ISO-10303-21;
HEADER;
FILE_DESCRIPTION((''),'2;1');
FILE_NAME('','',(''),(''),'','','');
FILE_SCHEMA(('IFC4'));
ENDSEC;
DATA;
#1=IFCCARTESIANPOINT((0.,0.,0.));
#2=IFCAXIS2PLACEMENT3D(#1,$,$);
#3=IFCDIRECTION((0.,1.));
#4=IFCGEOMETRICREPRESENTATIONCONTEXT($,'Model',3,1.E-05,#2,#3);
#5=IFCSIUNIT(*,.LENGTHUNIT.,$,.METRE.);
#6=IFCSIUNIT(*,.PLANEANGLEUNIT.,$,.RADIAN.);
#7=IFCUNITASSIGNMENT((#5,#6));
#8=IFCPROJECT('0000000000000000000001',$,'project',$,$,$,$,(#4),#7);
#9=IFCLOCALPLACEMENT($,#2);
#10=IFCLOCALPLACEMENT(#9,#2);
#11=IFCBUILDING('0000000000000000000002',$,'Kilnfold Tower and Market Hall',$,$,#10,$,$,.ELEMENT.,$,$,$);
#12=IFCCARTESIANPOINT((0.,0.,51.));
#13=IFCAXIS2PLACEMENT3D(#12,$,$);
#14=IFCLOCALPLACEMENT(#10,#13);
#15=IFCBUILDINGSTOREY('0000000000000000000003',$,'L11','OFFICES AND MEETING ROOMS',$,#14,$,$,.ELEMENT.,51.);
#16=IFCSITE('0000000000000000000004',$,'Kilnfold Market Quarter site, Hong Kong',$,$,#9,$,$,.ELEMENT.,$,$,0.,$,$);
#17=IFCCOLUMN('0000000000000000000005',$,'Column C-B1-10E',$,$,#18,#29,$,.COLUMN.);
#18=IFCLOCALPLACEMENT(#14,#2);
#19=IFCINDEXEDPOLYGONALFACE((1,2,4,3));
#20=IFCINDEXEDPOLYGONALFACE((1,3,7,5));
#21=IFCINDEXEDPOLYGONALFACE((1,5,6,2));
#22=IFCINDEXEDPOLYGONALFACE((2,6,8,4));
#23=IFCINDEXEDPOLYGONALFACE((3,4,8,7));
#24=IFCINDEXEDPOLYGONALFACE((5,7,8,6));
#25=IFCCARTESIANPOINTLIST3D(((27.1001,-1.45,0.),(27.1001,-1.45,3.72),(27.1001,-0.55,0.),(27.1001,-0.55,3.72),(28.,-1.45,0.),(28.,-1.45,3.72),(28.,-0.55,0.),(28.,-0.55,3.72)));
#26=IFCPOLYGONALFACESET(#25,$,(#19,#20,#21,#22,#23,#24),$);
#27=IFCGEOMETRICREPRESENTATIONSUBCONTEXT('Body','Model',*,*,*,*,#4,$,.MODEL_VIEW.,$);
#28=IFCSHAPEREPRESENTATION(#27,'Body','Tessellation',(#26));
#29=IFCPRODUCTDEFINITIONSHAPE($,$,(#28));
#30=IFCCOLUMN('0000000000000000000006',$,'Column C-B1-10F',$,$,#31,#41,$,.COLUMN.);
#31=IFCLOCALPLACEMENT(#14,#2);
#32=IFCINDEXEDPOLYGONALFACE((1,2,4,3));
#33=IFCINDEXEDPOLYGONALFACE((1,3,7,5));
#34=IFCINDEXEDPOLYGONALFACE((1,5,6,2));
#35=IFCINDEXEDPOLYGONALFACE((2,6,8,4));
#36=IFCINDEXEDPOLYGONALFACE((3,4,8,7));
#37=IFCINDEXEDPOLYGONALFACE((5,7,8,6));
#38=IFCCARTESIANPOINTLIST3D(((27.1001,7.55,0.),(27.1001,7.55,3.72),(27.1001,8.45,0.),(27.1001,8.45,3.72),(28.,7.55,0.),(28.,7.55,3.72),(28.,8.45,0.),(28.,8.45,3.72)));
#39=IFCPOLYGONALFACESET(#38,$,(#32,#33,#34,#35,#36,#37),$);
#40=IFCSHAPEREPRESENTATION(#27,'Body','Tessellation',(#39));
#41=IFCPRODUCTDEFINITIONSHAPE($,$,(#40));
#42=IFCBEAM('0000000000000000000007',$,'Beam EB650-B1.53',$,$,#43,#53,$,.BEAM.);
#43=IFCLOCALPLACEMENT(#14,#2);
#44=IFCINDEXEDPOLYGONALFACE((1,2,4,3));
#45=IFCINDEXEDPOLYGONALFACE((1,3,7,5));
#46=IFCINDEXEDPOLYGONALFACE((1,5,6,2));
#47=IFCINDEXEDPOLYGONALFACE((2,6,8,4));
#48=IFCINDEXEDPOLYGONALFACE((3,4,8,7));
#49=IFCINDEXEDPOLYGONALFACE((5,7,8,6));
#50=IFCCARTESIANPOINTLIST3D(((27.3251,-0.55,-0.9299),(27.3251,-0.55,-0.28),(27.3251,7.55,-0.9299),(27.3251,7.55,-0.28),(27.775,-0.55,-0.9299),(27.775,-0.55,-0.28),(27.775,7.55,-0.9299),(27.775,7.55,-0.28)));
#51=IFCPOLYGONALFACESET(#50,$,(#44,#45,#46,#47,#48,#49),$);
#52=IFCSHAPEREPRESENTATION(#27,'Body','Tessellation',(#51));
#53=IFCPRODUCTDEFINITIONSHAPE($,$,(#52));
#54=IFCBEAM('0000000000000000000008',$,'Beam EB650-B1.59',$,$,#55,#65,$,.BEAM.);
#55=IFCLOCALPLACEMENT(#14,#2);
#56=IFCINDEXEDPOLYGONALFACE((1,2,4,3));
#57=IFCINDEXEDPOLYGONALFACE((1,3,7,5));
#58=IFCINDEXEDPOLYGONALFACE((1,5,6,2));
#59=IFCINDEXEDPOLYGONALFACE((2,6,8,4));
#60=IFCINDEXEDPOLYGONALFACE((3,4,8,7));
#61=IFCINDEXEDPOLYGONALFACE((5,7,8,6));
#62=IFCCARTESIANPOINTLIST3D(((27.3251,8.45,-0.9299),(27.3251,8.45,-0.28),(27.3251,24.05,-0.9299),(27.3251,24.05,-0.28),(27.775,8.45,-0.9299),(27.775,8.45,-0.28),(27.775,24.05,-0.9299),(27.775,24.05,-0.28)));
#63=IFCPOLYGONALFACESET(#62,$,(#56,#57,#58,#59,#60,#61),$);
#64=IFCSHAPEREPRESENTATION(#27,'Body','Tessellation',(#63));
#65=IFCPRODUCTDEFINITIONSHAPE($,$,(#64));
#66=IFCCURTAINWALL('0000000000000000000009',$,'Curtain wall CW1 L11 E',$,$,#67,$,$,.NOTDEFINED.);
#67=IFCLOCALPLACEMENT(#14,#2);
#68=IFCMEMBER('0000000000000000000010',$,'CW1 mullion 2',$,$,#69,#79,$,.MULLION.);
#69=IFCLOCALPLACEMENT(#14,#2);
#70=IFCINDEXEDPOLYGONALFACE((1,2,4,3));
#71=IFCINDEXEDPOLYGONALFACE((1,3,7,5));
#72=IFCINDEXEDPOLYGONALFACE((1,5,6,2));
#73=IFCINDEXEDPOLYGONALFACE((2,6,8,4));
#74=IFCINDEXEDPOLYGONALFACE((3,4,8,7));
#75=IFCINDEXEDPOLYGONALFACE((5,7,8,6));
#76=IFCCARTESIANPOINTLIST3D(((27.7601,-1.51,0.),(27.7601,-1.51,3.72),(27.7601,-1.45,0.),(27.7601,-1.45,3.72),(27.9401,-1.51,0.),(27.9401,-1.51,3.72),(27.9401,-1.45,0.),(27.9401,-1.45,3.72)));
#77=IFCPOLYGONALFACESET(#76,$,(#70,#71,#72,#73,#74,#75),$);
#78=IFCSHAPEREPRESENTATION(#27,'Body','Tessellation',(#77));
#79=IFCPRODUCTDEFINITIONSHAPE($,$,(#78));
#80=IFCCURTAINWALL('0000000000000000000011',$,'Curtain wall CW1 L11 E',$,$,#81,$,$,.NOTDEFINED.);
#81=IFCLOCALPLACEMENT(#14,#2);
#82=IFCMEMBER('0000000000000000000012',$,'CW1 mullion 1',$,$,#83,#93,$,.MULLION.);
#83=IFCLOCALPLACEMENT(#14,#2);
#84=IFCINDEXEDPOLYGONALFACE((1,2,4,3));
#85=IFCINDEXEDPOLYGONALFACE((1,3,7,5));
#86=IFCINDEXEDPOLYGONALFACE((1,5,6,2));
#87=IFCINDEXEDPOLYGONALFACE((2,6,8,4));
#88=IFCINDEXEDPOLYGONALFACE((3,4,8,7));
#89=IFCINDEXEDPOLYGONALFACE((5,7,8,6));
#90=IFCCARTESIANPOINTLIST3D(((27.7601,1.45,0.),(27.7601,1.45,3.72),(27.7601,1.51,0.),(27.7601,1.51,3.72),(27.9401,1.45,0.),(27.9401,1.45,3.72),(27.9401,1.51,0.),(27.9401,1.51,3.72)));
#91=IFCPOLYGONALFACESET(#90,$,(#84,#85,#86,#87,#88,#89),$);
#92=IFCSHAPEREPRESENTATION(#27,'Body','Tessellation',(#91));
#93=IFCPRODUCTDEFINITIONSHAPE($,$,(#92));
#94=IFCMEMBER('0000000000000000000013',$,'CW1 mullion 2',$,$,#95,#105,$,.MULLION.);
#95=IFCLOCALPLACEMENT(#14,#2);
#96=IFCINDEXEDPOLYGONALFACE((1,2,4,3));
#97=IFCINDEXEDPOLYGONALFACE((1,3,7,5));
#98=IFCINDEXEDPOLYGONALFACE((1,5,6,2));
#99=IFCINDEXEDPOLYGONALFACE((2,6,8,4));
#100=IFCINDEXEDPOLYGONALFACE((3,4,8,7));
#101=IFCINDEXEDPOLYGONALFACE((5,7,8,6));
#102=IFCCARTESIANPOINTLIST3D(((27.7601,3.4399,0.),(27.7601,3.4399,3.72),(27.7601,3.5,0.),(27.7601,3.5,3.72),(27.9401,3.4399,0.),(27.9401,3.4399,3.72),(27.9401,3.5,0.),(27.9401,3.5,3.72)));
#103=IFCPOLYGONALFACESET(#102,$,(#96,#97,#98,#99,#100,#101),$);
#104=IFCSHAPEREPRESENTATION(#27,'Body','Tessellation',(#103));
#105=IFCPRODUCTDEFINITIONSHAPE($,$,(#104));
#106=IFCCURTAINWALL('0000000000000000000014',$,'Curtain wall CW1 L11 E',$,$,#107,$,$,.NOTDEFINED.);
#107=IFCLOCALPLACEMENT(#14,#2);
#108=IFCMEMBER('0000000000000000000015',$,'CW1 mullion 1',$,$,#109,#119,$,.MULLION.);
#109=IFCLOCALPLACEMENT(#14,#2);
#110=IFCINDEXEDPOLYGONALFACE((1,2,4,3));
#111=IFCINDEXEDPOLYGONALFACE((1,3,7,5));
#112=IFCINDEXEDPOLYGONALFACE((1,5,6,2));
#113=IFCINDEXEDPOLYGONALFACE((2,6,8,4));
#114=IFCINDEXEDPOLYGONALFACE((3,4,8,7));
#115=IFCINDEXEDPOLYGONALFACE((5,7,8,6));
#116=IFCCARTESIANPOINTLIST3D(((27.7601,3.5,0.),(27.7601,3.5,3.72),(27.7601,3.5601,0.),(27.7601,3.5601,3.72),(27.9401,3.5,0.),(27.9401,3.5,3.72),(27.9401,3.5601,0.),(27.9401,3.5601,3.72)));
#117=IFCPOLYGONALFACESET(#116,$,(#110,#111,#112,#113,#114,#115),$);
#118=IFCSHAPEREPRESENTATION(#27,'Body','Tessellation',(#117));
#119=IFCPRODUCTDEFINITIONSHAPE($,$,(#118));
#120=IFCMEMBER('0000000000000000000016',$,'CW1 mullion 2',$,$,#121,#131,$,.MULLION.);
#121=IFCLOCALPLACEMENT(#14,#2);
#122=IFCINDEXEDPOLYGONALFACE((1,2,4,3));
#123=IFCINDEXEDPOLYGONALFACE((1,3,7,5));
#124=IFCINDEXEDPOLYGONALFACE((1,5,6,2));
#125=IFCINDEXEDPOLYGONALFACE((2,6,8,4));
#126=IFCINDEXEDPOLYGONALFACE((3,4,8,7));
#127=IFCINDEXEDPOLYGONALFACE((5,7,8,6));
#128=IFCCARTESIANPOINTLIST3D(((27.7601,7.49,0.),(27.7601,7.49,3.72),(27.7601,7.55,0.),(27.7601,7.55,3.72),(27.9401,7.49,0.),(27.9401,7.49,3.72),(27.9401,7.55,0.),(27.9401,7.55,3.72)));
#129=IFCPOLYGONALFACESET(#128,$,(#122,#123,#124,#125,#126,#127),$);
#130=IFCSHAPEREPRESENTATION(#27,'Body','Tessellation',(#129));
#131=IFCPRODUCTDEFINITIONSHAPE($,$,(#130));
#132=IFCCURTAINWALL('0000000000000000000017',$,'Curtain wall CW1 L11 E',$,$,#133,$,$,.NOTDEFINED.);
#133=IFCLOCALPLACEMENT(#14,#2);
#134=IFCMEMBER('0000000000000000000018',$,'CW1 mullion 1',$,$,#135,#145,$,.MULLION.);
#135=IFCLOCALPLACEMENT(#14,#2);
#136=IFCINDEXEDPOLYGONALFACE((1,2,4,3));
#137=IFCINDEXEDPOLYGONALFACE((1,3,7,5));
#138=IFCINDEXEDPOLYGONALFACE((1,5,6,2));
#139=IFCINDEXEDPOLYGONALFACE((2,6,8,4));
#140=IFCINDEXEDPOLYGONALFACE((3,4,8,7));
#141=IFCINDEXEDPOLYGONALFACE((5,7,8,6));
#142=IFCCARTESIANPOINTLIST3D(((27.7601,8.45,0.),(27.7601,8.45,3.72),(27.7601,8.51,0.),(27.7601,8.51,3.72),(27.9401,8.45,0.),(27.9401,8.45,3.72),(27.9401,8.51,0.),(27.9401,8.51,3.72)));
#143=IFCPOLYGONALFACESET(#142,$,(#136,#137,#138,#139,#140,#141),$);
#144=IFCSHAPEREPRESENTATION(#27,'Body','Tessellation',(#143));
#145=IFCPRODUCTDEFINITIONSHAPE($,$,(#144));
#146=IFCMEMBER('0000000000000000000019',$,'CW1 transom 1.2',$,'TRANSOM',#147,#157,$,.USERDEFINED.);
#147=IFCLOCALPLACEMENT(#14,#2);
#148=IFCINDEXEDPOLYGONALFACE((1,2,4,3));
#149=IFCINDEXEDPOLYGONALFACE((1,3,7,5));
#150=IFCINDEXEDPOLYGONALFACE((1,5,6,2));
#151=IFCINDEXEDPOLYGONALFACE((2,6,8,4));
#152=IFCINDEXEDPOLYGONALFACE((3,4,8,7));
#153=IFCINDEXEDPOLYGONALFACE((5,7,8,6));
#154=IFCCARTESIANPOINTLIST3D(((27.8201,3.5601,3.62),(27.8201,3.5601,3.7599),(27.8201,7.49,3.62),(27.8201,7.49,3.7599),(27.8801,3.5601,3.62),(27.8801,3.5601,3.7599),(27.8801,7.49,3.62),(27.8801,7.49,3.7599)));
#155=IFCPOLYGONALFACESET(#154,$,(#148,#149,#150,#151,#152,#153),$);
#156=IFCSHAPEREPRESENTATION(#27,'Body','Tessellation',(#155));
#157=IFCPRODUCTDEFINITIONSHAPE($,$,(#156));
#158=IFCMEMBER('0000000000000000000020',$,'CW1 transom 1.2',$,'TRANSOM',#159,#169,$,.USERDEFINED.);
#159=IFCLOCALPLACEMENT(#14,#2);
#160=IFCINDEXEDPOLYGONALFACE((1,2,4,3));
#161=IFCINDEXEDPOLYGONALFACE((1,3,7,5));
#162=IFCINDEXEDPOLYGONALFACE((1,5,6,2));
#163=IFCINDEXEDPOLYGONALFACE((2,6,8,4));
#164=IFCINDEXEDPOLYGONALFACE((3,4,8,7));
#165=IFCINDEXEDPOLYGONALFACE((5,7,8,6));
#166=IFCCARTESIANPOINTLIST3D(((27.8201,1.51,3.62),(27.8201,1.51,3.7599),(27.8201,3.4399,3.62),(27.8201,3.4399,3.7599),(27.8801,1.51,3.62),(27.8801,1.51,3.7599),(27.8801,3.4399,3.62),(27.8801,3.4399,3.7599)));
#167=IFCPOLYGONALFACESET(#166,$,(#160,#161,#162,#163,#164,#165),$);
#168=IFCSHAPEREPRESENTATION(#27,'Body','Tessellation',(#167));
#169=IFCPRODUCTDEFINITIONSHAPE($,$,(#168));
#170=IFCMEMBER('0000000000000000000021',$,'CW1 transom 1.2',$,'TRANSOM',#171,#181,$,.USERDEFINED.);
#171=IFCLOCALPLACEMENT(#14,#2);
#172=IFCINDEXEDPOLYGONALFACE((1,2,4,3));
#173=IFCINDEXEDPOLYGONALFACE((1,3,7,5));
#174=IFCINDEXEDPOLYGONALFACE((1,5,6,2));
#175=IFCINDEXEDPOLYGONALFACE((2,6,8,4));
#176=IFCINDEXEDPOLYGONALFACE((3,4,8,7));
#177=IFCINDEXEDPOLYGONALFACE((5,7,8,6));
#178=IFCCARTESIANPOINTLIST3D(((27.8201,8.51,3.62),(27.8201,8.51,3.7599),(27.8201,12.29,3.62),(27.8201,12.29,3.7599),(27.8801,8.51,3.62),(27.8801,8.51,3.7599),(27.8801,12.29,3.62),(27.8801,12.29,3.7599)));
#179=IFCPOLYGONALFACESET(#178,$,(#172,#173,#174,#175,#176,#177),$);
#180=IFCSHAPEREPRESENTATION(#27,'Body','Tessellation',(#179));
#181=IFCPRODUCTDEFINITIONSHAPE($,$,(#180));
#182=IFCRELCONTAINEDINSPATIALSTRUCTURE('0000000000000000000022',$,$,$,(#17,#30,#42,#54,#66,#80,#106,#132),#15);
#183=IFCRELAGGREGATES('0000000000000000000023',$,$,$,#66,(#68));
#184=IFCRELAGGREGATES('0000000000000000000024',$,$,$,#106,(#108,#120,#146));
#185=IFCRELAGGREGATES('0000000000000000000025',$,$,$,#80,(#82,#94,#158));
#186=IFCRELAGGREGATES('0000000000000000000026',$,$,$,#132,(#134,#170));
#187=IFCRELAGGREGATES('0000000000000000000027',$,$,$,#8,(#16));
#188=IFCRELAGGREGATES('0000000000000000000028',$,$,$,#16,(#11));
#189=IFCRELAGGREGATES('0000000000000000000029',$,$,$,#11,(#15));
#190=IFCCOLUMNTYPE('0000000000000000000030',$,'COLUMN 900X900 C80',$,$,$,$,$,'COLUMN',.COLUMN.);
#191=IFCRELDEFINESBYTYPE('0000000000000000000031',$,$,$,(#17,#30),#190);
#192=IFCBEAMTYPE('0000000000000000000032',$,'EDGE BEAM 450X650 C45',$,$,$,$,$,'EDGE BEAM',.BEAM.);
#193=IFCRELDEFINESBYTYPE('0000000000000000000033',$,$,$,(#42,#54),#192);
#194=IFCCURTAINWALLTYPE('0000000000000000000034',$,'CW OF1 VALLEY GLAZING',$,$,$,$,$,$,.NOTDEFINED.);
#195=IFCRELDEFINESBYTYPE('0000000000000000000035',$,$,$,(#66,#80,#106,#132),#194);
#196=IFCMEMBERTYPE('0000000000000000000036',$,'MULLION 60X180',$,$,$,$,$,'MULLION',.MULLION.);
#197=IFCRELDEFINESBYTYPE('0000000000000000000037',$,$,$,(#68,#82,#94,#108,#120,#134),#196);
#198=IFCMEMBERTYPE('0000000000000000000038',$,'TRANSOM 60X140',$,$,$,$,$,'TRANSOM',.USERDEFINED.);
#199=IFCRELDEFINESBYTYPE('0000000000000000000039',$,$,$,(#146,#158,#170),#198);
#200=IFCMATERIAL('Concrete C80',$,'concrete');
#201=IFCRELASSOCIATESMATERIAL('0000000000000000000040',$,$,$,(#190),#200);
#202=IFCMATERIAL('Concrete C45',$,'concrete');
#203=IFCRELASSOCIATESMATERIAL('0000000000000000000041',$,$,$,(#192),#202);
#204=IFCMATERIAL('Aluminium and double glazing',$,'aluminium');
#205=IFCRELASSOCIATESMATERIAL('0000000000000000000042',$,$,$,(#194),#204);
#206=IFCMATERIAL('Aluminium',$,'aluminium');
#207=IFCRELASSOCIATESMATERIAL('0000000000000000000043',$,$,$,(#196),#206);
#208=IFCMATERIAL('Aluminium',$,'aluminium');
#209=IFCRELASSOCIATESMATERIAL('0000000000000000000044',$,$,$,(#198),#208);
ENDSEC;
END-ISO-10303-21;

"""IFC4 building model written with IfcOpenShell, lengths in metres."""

from ifc_helpers import new_model, si_unit, direction, frame, origin, origin_2d, place, context, subcontext, project, spatial, rectangle, extrude, source, transform, mapped, material, material_profile, profile_set, type_object, element, aggregate, save


model = new_model("IFC4")

# Units and contexts
model_context = context("Model", 3, precision=1e-05, world=origin(), true_north=direction((0.0, 1.0)))
body_context = subcontext(model_context, "Body", "Model", "MODEL_VIEW")
ifc_project = project(units=[si_unit("LENGTHUNIT", "METRE"), si_unit("PLANEANGLEUNIT", "RADIAN")], contexts=[model_context])

# Site, building, storey
site_placement = place(None, origin())
site = spatial("IfcSite", under=ifc_project, at=site_placement, Name="Kilnfold Market Quarter site, Hong Kong", CompositionType="ELEMENT", RefElevation=0.0)
building_placement = place(site_placement, origin())
building = spatial("IfcBuilding", under=site, at=building_placement, Name="Kilnfold Tower and Market Hall", CompositionType="ELEMENT")
storey_placement = place(building_placement, frame((0.0, 0.0, 51.0)))
storey = spatial("IfcBuildingStorey", under=building, at=storey_placement, Name="L11", Description="OFFICES AND MEETING ROOMS", CompositionType="ELEMENT", Elevation=51.0)

# Columns
ifc_material_1 = material(Name="Concrete C80", Category="concrete")
ifc_material_profile_1 = material_profile(ifc_material_1, rectangle(XDim=0.8999, YDim=0.8999, at=origin_2d()), Name="RC 900x900")
ifc_profile_set_1 = profile_set([ifc_material_profile_1], Name="Concrete C80")
column_type = type_object("IfcColumnType", Name="COLUMN 900X900 C80", ElementType="COLUMN", PredefinedType="COLUMN", material=ifc_profile_set_1)
shared_shape_1 = source(origin(), body_context, "Body", "SweptSolid", [
    extrude(rectangle(XDim=0.8999, YDim=0.8999, at=origin_2d()), origin(), (0.0, 0.0, 1.0), 3.72),
])
for number, where, z_axis, x_axis, name in (
    (1, (27.55, -1.0, 0.0), (0.0, 0.0, 1.0), (1.0, 0.0, 0.0), "Column C-B1-10E"),
    (2, (27.55, 8.0, 0.0), (0.0, 0.0, 1.0), (1.0, 0.0, 0.0), "Column C-B1-10F"),
):
    element("IfcColumn", number, at=place(storey_placement, frame(where, z_axis=z_axis, x_axis=x_axis)), inside=storey, type_object=column_type, Name=name, PredefinedType="COLUMN", context=body_context, shape_type="MappedRepresentation", body=[
        mapped(shared_shape_1, transform((0.0, 0.0, 0.0))),
    ])

# Beams
ifc_material_2 = material(Name="Concrete C45", Category="concrete")
ifc_material_profile_2 = material_profile(ifc_material_2, rectangle(XDim=0.45, YDim=0.6499, at=origin_2d()), Name="RC 450x650")
ifc_profile_set_2 = profile_set([ifc_material_profile_2], Name="Concrete C45")
beam_type = type_object("IfcBeamType", Name="EDGE BEAM 450X650 C45", ElementType="EDGE BEAM", PredefinedType="BEAM", material=ifc_profile_set_2)
shared_shape_2 = source(origin(), body_context, "Body", "SweptSolid", [
    extrude(rectangle(XDim=0.45, YDim=0.6499, at=origin_2d()), origin(), (0.0, 0.0, 1.0), 8.1001),
])
beam_1_placement = place(storey_placement, frame((27.55, -0.55, -0.605), z_axis=(0.0, 1.0, 0.0), x_axis=(-1.0, 0.0, 0.0)))
element("IfcBeam", 3, at=beam_1_placement, inside=storey, type_object=beam_type, Name="Beam EB650-B1.53", PredefinedType="BEAM", context=body_context, shape_type="MappedRepresentation", body=[
    mapped(shared_shape_2, transform((0.0, 0.0, 0.0))),
])
shared_shape_3 = source(origin(), body_context, "Body", "SweptSolid", [
    extrude(rectangle(XDim=0.45, YDim=0.6499, at=origin_2d()), origin(), (0.0, 0.0, 1.0), 15.6001),
])
beam_2_placement = place(storey_placement, frame((27.55, 8.45, -0.605), z_axis=(0.0, 1.0, 0.0), x_axis=(-1.0, 0.0, 0.0)))
element("IfcBeam", 4, at=beam_2_placement, inside=storey, type_object=beam_type, Name="Beam EB650-B1.59", PredefinedType="BEAM", context=body_context, shape_type="MappedRepresentation", body=[
    mapped(shared_shape_3, transform((0.0, 0.0, 0.0))),
])

# Curtain wall, member
ifc_material_3 = material(Name="Aluminium and double glazing", Category="aluminium")
curtain_wall_type = type_object("IfcCurtainWallType", Name="CW OF1 VALLEY GLAZING", PredefinedType="NOTDEFINED", material=ifc_material_3)
curtain_wall_1_placement = place(storey_placement, origin())
curtain_wall_1 = element("IfcCurtainWall", 5, at=curtain_wall_1_placement, inside=storey, type_object=curtain_wall_type, Name="Curtain wall CW1 L11 E", PredefinedType="NOTDEFINED")
ifc_material_4 = material(Name="Aluminium", Category="aluminium")
ifc_material_profile_3 = material_profile(ifc_material_4, rectangle(XDim=0.0601, YDim=0.1799, at=origin_2d()), Name="MULLION 60x180")
ifc_profile_set_3 = profile_set([ifc_material_profile_3], Name="Aluminium")
member_type_1 = type_object("IfcMemberType", Name="MULLION 60X180", ElementType="MULLION", PredefinedType="MULLION", material=ifc_profile_set_3)
shared_shape_4 = source(origin(), body_context, "Body", "SweptSolid", [
    extrude(rectangle(XDim=0.0601, YDim=0.1799, at=origin_2d()), origin(), (0.0, 0.0, 1.0), 3.72),
])
member_1_placement = place(storey_placement, frame((27.8501, -1.48, 0.0), z_axis=(0.0, 0.0, 1.0), x_axis=(0.0, 1.0, 0.0)))
member_1 = element("IfcMember", 6, at=member_1_placement, type_object=member_type_1, Name="CW1 mullion 2", PredefinedType="MULLION", context=body_context, shape_type="MappedRepresentation", body=[
    mapped(shared_shape_4, transform((0.0, 0.0, 0.0))),
])
aggregate(curtain_wall_1, [member_1])

# Curtain walls, members
curtain_wall_2_placement = place(storey_placement, origin())
curtain_wall_2 = element("IfcCurtainWall", 7, at=curtain_wall_2_placement, inside=storey, type_object=curtain_wall_type, Name="Curtain wall CW1 L11 E", PredefinedType="NOTDEFINED")
member_2_placement = place(storey_placement, frame((27.8501, 1.48, 0.0), z_axis=(0.0, 0.0, 1.0), x_axis=(0.0, 1.0, 0.0)))
member_2 = element("IfcMember", 8, at=member_2_placement, type_object=member_type_1, Name="CW1 mullion 1", PredefinedType="MULLION", context=body_context, shape_type="MappedRepresentation", body=[
    mapped(shared_shape_4, transform((0.0, 0.0, 0.0))),
])
member_3_placement = place(storey_placement, frame((27.8501, 3.47, 0.0), z_axis=(0.0, 0.0, 1.0), x_axis=(0.0, 1.0, 0.0)))
member_3 = element("IfcMember", 9, at=member_3_placement, type_object=member_type_1, Name="CW1 mullion 2", PredefinedType="MULLION", context=body_context, shape_type="MappedRepresentation", body=[
    mapped(shared_shape_4, transform((0.0, 0.0, 0.0))),
])
curtain_wall_3_placement = place(storey_placement, origin())
curtain_wall_3 = element("IfcCurtainWall", 10, at=curtain_wall_3_placement, inside=storey, type_object=curtain_wall_type, Name="Curtain wall CW1 L11 E", PredefinedType="NOTDEFINED")
member_4_placement = place(storey_placement, frame((27.8501, 3.53, 0.0), z_axis=(0.0, 0.0, 1.0), x_axis=(0.0, 1.0, 0.0)))
member_4 = element("IfcMember", 11, at=member_4_placement, type_object=member_type_1, Name="CW1 mullion 1", PredefinedType="MULLION", context=body_context, shape_type="MappedRepresentation", body=[
    mapped(shared_shape_4, transform((0.0, 0.0, 0.0))),
])
member_5_placement = place(storey_placement, frame((27.8501, 7.52, 0.0), z_axis=(0.0, 0.0, 1.0), x_axis=(0.0, 1.0, 0.0)))
member_5 = element("IfcMember", 12, at=member_5_placement, type_object=member_type_1, Name="CW1 mullion 2", PredefinedType="MULLION", context=body_context, shape_type="MappedRepresentation", body=[
    mapped(shared_shape_4, transform((0.0, 0.0, 0.0))),
])

# Curtain wall, member
curtain_wall_4_placement = place(storey_placement, origin())
curtain_wall_4 = element("IfcCurtainWall", 13, at=curtain_wall_4_placement, inside=storey, type_object=curtain_wall_type, Name="Curtain wall CW1 L11 E", PredefinedType="NOTDEFINED")
member_6_placement = place(storey_placement, frame((27.8501, 8.48, 0.0), z_axis=(0.0, 0.0, 1.0), x_axis=(0.0, 1.0, 0.0)))
member_6 = element("IfcMember", 14, at=member_6_placement, type_object=member_type_1, Name="CW1 mullion 1", PredefinedType="MULLION", context=body_context, shape_type="MappedRepresentation", body=[
    mapped(shared_shape_4, transform((0.0, 0.0, 0.0))),
])

# Members
ifc_material_5 = material(Name="Aluminium", Category="aluminium")
ifc_material_profile_4 = material_profile(ifc_material_5, rectangle(XDim=0.0601, YDim=0.1399, at=origin_2d()), Name="TRANSOM 60x140")
ifc_profile_set_4 = profile_set([ifc_material_profile_4], Name="Aluminium")
member_type_2 = type_object("IfcMemberType", Name="TRANSOM 60X140", ElementType="TRANSOM", PredefinedType="USERDEFINED", material=ifc_profile_set_4)
shared_shape_5 = source(origin(), body_context, "Body", "SweptSolid", [
    extrude(rectangle(XDim=0.0601, YDim=0.1399, at=origin_2d()), origin(), (0.0, 0.0, 1.0), 3.9299),
])
member_7_placement = place(storey_placement, frame((27.8501, 3.5601, 3.6899), z_axis=(0.0, 1.0, 0.0), x_axis=(-1.0, 0.0, 0.0)))
member_7 = element("IfcMember", 15, at=member_7_placement, type_object=member_type_2, Name="CW1 transom 1.2", ObjectType="TRANSOM", PredefinedType="USERDEFINED", context=body_context, shape_type="MappedRepresentation", body=[
    mapped(shared_shape_5, transform((0.0, 0.0, 0.0))),
])
shared_shape_6 = source(origin(), body_context, "Body", "SweptSolid", [
    extrude(rectangle(XDim=0.0601, YDim=0.1399, at=origin_2d()), origin(), (0.0, 0.0, 1.0), 1.9299),
])
member_8_placement = place(storey_placement, frame((27.8501, 1.51, 3.6899), z_axis=(0.0, 1.0, 0.0), x_axis=(-1.0, 0.0, 0.0)))
member_8 = element("IfcMember", 16, at=member_8_placement, type_object=member_type_2, Name="CW1 transom 1.2", ObjectType="TRANSOM", PredefinedType="USERDEFINED", context=body_context, shape_type="MappedRepresentation", body=[
    mapped(shared_shape_6, transform((0.0, 0.0, 0.0))),
])
shared_shape_7 = source(origin(), body_context, "Body", "SweptSolid", [
    extrude(rectangle(XDim=0.0601, YDim=0.1399, at=origin_2d()), origin(), (0.0, 0.0, 1.0), 3.78),
])
member_9_placement = place(storey_placement, frame((27.8501, 8.51, 3.6899), z_axis=(0.0, 1.0, 0.0), x_axis=(-1.0, 0.0, 0.0)))
member_9 = element("IfcMember", 17, at=member_9_placement, type_object=member_type_2, Name="CW1 transom 1.2", ObjectType="TRANSOM", PredefinedType="USERDEFINED", context=body_context, shape_type="MappedRepresentation", body=[
    mapped(shared_shape_7, transform((0.0, 0.0, 0.0))),
])

aggregate(curtain_wall_3, [member_4, member_5, member_7])
aggregate(curtain_wall_2, [member_2, member_3, member_8])
aggregate(curtain_wall_4, [member_6, member_9])

save(model, "model.ifc")
